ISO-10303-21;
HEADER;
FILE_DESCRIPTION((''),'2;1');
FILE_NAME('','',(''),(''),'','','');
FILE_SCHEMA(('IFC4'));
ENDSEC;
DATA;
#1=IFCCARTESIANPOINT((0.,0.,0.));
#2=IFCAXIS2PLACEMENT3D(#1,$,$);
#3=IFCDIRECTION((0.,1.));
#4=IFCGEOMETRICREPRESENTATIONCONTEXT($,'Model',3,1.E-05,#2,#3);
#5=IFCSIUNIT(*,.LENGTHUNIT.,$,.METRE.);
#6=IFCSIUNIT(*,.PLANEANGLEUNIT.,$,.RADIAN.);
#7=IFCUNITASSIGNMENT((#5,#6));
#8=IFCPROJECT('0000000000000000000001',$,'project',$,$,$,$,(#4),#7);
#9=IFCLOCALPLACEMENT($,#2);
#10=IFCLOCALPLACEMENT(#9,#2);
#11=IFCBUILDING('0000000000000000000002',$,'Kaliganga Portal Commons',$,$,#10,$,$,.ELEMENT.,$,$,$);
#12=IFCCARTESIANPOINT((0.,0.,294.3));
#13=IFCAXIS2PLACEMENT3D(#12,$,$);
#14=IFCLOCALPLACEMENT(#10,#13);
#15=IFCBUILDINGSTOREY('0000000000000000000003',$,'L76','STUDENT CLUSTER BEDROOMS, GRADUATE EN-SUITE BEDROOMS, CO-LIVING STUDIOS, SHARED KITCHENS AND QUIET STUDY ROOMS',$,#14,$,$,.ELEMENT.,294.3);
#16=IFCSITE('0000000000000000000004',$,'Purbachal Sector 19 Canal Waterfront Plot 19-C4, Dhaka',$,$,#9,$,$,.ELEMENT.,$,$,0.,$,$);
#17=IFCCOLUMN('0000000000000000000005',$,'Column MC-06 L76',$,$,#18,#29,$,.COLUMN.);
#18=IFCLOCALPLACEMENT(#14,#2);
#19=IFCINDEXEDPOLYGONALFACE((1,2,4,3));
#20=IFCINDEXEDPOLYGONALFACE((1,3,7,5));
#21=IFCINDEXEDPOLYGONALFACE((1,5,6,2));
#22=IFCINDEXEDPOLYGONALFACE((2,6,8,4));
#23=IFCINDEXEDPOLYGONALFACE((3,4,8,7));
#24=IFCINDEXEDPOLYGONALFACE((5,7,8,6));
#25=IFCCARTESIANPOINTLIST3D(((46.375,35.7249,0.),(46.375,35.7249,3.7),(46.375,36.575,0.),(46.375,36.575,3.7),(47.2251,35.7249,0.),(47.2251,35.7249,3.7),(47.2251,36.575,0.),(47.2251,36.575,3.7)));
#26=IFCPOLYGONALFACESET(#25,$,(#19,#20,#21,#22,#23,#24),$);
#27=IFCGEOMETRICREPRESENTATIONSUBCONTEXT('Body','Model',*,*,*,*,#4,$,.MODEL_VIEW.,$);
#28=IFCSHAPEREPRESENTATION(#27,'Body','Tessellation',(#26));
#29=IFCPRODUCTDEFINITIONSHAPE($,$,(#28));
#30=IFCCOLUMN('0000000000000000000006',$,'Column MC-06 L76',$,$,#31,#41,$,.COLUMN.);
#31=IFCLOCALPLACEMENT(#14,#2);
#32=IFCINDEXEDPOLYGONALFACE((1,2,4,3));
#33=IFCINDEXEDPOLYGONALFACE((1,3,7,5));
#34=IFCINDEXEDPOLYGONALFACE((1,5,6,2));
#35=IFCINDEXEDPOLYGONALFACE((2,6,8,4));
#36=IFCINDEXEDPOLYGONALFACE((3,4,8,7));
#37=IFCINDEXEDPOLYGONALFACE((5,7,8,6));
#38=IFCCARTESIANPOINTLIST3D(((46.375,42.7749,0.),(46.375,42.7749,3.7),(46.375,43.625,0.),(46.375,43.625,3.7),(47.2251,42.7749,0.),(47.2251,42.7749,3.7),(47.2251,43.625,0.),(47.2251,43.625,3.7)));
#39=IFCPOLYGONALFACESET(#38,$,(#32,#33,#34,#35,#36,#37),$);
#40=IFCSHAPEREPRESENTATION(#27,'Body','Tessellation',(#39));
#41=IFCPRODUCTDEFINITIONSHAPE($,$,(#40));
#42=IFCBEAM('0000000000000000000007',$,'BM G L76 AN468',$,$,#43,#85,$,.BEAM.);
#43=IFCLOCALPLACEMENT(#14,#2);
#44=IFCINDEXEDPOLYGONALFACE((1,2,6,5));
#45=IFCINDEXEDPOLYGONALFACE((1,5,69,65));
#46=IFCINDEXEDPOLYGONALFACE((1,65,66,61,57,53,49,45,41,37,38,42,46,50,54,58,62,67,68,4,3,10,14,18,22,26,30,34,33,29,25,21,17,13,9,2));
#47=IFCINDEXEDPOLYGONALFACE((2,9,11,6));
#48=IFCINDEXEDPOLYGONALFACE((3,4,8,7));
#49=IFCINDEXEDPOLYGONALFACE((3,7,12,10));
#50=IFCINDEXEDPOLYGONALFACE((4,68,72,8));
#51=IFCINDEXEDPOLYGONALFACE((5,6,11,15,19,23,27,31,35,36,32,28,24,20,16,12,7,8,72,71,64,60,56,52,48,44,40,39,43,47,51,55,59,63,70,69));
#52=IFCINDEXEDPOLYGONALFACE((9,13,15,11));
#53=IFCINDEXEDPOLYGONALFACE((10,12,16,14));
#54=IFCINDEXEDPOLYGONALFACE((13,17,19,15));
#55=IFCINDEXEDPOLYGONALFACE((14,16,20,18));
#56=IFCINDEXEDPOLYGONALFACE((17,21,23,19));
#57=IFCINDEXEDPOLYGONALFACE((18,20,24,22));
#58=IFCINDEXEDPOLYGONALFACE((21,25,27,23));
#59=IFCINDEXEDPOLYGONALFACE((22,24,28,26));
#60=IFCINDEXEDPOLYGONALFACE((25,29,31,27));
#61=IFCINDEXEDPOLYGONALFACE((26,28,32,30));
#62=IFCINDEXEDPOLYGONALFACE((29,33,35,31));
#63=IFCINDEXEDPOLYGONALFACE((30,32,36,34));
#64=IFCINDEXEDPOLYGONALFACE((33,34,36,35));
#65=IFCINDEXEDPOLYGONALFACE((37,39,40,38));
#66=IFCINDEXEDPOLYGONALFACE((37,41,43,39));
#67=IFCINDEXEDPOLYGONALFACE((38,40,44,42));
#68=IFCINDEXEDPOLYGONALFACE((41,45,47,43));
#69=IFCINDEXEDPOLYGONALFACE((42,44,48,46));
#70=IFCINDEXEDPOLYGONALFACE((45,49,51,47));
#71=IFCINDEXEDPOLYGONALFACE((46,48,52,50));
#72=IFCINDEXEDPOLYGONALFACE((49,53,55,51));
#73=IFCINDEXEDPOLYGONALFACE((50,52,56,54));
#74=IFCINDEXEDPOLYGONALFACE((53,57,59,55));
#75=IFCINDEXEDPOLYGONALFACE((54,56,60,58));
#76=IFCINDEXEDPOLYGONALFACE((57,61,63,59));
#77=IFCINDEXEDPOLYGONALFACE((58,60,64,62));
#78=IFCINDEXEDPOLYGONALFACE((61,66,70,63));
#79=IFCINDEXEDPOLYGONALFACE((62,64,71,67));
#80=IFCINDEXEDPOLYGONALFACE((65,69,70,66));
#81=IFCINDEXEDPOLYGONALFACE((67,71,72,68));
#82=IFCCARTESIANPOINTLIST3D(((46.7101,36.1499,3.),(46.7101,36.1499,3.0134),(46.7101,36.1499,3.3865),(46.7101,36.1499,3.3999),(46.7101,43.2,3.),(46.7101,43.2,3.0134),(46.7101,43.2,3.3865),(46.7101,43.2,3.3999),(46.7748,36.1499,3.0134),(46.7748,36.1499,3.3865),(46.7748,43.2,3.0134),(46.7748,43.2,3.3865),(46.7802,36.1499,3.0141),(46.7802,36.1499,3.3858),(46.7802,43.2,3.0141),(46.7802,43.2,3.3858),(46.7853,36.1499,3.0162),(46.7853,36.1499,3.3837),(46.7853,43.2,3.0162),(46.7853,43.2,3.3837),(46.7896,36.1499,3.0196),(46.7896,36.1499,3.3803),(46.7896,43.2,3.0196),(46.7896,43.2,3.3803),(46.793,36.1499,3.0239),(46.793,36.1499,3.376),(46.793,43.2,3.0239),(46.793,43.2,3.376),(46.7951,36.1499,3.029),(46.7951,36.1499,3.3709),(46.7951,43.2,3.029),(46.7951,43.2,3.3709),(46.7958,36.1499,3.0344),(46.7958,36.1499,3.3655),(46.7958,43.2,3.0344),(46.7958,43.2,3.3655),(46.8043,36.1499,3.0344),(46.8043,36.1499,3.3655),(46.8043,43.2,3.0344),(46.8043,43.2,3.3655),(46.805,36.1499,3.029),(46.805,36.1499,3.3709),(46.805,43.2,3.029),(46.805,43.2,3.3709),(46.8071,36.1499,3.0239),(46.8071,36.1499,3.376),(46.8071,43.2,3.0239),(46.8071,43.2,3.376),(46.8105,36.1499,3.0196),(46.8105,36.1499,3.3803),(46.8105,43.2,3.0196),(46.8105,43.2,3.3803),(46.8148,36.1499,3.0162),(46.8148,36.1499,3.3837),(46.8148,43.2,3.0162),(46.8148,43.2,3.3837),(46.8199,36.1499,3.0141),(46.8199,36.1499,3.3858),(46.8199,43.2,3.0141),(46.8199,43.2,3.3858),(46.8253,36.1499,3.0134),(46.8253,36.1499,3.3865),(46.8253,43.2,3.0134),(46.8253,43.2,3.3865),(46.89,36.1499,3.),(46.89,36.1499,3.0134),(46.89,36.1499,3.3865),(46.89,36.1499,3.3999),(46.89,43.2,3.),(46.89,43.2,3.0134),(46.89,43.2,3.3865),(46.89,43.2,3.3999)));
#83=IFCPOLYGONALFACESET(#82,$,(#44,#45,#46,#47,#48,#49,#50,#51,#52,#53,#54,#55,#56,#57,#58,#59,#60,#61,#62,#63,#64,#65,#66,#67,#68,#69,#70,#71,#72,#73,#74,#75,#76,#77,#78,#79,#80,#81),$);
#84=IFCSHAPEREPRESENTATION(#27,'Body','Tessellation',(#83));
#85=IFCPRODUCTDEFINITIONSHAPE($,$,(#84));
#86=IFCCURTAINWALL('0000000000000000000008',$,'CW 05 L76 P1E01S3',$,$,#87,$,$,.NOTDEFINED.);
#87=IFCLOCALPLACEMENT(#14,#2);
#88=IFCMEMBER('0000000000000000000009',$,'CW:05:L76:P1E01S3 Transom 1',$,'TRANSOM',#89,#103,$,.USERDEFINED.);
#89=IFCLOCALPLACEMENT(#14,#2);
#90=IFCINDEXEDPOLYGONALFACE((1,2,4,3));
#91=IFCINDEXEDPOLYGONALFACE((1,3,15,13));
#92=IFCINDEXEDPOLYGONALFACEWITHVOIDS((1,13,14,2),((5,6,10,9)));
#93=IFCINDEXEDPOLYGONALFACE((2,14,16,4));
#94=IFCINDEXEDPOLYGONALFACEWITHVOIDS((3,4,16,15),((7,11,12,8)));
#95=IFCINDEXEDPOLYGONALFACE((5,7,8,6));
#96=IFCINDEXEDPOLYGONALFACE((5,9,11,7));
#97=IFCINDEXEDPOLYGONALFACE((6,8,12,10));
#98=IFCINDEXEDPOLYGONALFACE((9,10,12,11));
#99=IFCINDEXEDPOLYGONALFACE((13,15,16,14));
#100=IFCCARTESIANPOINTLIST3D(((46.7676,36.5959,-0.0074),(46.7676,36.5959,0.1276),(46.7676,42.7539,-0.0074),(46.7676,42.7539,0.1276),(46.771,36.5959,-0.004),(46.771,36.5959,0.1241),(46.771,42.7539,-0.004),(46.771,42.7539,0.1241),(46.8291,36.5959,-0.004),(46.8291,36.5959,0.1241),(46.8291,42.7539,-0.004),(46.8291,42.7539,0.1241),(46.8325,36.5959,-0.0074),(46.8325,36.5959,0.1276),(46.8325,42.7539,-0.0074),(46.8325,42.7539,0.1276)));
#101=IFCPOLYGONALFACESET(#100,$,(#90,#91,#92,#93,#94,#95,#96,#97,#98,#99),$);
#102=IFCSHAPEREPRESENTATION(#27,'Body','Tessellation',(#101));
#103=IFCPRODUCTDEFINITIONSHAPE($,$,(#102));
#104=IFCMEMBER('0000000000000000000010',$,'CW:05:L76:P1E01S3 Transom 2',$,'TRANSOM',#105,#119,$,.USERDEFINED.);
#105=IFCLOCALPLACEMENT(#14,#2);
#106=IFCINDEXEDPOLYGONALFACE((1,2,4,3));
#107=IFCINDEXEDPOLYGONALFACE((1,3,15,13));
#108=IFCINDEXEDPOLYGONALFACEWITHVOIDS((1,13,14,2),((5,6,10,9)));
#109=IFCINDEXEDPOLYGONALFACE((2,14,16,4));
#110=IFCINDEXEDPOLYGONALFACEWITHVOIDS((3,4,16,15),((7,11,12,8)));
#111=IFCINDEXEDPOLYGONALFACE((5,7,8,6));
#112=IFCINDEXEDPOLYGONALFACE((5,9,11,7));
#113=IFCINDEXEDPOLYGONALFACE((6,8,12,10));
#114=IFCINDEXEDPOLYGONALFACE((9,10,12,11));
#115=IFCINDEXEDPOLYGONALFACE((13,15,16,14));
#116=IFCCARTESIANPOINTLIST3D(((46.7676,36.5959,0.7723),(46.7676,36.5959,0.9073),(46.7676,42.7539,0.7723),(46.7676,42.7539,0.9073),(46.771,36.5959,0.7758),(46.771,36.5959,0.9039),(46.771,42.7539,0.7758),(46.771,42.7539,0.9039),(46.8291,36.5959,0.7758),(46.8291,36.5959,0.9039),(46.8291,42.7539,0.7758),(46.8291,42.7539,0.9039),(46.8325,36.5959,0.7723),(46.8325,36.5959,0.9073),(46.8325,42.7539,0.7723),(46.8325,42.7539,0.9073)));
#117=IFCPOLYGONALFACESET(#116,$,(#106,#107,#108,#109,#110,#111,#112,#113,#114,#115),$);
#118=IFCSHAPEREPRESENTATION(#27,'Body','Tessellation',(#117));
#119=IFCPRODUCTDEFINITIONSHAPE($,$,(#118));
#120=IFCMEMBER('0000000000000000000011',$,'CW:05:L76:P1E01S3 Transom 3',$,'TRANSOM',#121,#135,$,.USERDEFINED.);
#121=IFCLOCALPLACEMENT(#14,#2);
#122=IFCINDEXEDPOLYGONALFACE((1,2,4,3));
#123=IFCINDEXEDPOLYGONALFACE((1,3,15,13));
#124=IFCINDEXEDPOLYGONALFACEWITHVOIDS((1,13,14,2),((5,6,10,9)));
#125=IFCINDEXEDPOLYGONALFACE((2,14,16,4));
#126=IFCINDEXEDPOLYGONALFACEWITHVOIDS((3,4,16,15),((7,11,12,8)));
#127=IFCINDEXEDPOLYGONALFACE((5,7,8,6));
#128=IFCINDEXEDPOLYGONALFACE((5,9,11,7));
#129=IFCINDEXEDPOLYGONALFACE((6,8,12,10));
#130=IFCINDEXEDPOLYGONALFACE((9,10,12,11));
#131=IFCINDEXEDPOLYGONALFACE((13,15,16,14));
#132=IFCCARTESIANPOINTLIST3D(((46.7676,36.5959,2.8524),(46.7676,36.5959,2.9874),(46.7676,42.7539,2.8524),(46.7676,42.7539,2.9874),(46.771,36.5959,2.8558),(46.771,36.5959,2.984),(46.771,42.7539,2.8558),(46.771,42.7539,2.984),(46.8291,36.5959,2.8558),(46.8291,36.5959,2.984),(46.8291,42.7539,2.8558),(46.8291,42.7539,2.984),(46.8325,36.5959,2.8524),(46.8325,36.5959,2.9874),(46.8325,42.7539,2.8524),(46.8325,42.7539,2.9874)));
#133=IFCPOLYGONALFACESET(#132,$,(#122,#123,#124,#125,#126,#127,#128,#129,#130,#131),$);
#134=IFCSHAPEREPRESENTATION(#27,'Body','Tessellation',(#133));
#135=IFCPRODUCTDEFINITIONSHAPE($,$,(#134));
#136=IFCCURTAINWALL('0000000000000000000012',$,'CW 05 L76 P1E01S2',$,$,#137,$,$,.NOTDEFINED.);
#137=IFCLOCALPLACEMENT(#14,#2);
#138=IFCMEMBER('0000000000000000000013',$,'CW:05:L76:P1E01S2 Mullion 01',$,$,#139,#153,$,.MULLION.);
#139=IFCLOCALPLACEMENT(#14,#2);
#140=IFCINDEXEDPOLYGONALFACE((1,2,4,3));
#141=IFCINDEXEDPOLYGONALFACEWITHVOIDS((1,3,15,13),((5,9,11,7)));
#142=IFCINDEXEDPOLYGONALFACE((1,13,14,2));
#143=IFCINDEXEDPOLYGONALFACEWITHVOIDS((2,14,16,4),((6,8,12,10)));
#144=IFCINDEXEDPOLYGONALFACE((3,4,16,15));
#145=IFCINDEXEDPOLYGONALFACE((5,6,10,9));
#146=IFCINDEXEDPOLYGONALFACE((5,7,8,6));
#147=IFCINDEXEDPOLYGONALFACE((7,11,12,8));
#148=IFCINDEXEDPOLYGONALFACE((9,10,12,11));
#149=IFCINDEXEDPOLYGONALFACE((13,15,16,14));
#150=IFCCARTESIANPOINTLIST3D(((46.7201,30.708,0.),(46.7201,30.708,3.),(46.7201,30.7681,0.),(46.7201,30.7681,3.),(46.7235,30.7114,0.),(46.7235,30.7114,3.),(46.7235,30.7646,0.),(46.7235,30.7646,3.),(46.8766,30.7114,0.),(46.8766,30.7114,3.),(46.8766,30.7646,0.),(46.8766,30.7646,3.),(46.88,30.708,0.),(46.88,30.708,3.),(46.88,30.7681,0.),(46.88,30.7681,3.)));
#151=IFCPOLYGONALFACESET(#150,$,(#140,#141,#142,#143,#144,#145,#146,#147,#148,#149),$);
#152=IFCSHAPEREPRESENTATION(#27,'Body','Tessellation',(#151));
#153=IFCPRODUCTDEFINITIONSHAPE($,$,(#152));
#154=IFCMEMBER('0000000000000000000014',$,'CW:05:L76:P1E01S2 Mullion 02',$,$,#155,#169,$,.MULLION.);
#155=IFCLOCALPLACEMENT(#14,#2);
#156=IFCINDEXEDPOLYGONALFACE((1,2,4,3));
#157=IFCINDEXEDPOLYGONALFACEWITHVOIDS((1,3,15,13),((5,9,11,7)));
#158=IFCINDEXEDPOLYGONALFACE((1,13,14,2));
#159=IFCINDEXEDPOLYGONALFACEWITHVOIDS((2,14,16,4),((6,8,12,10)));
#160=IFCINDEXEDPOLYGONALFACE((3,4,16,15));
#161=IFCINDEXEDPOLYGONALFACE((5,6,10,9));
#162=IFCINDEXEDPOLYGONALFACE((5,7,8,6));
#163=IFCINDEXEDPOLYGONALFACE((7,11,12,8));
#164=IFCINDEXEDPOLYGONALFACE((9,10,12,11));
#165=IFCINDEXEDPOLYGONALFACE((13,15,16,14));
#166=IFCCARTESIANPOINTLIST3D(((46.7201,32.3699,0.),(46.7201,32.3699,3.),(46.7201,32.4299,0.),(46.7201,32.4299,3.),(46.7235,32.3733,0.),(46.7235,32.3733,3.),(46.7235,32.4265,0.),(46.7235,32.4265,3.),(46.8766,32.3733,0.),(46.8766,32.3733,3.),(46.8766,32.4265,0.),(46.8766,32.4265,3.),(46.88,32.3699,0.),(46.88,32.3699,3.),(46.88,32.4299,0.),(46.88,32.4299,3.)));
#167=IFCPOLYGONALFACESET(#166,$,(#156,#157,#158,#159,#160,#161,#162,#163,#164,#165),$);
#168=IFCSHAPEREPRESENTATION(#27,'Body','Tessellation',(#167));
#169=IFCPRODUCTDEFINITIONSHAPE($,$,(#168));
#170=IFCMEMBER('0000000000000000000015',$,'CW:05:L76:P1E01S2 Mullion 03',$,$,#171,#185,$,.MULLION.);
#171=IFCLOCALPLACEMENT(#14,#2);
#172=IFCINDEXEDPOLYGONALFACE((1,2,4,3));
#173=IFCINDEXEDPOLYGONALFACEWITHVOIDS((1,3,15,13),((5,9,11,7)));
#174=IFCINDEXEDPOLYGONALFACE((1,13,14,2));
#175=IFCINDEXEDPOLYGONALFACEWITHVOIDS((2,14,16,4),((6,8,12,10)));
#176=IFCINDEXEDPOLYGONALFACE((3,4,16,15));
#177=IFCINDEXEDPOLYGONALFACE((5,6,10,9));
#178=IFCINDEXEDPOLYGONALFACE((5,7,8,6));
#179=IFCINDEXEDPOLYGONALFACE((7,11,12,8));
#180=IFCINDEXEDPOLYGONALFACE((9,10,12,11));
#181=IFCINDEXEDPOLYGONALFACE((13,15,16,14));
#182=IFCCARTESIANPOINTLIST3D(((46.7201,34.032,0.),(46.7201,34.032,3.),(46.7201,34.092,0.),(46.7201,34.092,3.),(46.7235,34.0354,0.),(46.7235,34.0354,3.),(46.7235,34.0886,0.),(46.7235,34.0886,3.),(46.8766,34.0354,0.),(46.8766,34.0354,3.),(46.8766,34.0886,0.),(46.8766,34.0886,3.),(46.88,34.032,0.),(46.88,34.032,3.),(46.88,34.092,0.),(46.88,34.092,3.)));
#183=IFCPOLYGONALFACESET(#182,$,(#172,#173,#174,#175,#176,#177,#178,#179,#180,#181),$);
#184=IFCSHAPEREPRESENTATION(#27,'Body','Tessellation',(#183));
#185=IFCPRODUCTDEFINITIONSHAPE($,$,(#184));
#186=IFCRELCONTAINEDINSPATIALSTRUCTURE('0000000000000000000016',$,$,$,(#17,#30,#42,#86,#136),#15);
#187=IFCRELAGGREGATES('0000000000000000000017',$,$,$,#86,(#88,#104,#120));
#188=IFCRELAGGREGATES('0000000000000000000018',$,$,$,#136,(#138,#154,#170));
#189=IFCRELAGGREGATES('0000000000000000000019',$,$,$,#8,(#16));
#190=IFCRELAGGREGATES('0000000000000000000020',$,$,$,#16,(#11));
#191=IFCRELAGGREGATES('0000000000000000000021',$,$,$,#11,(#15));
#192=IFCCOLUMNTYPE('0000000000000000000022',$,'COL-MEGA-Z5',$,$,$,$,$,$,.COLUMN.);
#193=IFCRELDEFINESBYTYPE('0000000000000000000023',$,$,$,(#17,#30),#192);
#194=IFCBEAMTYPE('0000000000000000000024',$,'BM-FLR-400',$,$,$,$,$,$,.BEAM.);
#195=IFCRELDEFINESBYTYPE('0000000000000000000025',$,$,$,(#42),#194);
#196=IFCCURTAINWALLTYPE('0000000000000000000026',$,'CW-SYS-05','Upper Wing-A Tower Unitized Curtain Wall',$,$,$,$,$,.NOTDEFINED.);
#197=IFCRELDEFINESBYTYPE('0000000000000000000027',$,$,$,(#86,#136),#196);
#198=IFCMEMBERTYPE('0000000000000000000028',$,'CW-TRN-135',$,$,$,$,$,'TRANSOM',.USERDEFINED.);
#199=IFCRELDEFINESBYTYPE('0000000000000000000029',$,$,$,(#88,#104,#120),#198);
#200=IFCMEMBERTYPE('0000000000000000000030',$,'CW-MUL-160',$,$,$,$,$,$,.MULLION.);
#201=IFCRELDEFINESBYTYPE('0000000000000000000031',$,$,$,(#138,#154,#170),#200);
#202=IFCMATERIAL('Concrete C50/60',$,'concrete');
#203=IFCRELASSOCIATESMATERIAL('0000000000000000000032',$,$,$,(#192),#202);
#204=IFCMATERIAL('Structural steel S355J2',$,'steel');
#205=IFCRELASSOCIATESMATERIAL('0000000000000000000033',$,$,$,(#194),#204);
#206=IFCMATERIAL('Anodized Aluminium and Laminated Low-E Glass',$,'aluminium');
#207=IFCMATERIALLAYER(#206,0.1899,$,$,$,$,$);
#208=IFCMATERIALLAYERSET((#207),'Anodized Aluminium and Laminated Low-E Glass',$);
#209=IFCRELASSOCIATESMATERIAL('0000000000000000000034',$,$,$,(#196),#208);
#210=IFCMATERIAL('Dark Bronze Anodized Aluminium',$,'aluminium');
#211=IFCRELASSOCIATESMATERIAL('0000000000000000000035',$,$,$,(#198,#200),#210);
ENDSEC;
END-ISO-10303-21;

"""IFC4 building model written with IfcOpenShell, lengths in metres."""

from ifc_helpers import new_model, si_unit, direction, frame, origin, origin_2d, place, context, subcontext, project, spatial, rectangle, hollow_rectangle, i_section, extrude, source, transform, mapped, material, layer, layer_set, material_profile, profile_set, type_object, element, aggregate, save


model = new_model("IFC4")

# Units and contexts
model_context = context("Model", 3, precision=1e-05, world=origin(), true_north=direction((0.0, 1.0)))
body_context = subcontext(model_context, "Body", "Model", "MODEL_VIEW")
ifc_project = project(units=[si_unit("LENGTHUNIT", "METRE"), si_unit("PLANEANGLEUNIT", "RADIAN")], contexts=[model_context])

# Site, building, storey
site_placement = place(None, origin())
site = spatial("IfcSite", under=ifc_project, at=site_placement, Name="Purbachal Sector 19 Canal Waterfront Plot 19-C4, Dhaka", CompositionType="ELEMENT", RefElevation=0.0)
building_placement = place(site_placement, origin())
building = spatial("IfcBuilding", under=site, at=building_placement, Name="Kaliganga Portal Commons", CompositionType="ELEMENT")
storey_placement = place(building_placement, frame((0.0, 0.0, 294.3)))
storey = spatial("IfcBuildingStorey", under=building, at=storey_placement, Name="L76", Description="STUDENT CLUSTER BEDROOMS, GRADUATE EN-SUITE BEDROOMS, CO-LIVING STUDIOS, SHARED KITCHENS AND QUIET STUDY ROOMS", CompositionType="ELEMENT", Elevation=294.3)

# Columns
ifc_material_1 = material(Name="Concrete C50/60", Category="concrete")
ifc_material_profile_1 = material_profile(ifc_material_1, rectangle(XDim=0.8501, YDim=0.8501, at=origin_2d()), Name="RC 850x850")
ifc_profile_set_1 = profile_set([ifc_material_profile_1], Name="Concrete C50/60")
column_type = type_object("IfcColumnType", Name="COL-MEGA-Z5", PredefinedType="COLUMN", material=ifc_profile_set_1)
shared_shape_1 = source(origin(), body_context, "Body", "SweptSolid", [
    extrude(rectangle(XDim=0.8501, YDim=0.8501, at=origin_2d()), origin(), (0.0, 0.0, 1.0), 3.7),
])
for number, where, z_axis, x_axis, name in (
    (1, (46.8, 36.1499, 0.0), (0.0, 0.0, 1.0), (1.0, 0.0, 0.0), "Column MC-06 L76"),
    (2, (46.8, 43.2, 0.0), (0.0, 0.0, 1.0), (1.0, 0.0, 0.0), "Column MC-06 L76"),
):
    element("IfcColumn", number, at=place(storey_placement, frame(where, z_axis=z_axis, x_axis=x_axis)), inside=storey, type_object=column_type, Name=name, PredefinedType="COLUMN", context=body_context, shape_type="MappedRepresentation", body=[
        mapped(shared_shape_1, transform((0.0, 0.0, 0.0), x_axis=(1.0, 0.0, 0.0), y_axis=(0.0, 1.0, 0.0), z_axis=(0.0, 0.0, 1.0), scale=1.0)),
    ])

# Beam
ifc_material_2 = material(Name="Structural steel S355J2", Category="steel")
ifc_material_profile_2 = material_profile(ifc_material_2, i_section(OverallWidth=0.1799, OverallDepth=0.3999, WebThickness=0.0085, FlangeThickness=0.0134, FilletRadius=0.021, at=origin_2d()), Name="IPE 400")
ifc_profile_set_2 = profile_set([ifc_material_profile_2], Name="Structural steel S355J2 wide-flange")
beam_type = type_object("IfcBeamType", Name="BM-FLR-400", PredefinedType="BEAM", material=ifc_profile_set_2)
shared_shape_2 = source(origin(), body_context, "Body", "SweptSolid", [
    extrude(i_section(OverallWidth=0.1799, OverallDepth=0.3999, WebThickness=0.0085, FlangeThickness=0.0134, FilletRadius=0.021, at=origin_2d()), origin(), (0.0, 0.0, 1.0), 7.05),
])
beam_placement = place(storey_placement, frame((46.8, 36.1499, 3.2), z_axis=(0.0, 1.0, 0.0), x_axis=(-1.0, 0.0, 0.0)))
element("IfcBeam", 3, at=beam_placement, inside=storey, type_object=beam_type, Name="BM G L76 AN468", PredefinedType="BEAM", context=body_context, shape_type="MappedRepresentation", body=[
    mapped(shared_shape_2, transform((0.0, 0.0, 0.0), x_axis=(1.0, 0.0, 0.0), y_axis=(0.0, 1.0, 0.0), z_axis=(0.0, 0.0, 1.0), scale=1.0)),
])

# Curtain walls, members
ifc_material_3 = material(Name="Anodized Aluminium and Laminated Low-E Glass", Category="aluminium")
ifc_layer_1 = layer(ifc_material_3, 0.1899)
ifc_layer_set_1 = layer_set([ifc_layer_1], Name="Anodized Aluminium and Laminated Low-E Glass")
curtain_wall_type = type_object("IfcCurtainWallType", Name="CW-SYS-05", Description="Upper Wing-A Tower Unitized Curtain Wall", PredefinedType="NOTDEFINED", material=ifc_layer_set_1)
curtain_wall_1_placement = place(storey_placement, origin())
curtain_wall_1 = element("IfcCurtainWall", 4, at=curtain_wall_1_placement, inside=storey, type_object=curtain_wall_type, Name="CW 05 L76 P1E01S3", PredefinedType="NOTDEFINED")
ifc_material_4 = material(Name="Dark Bronze Anodized Aluminium", Category="aluminium")
ifc_material_profile_3 = material_profile(ifc_material_4, hollow_rectangle(XDim=0.0649, YDim=0.135, WallThickness=0.0034, at=origin_2d()), Name="ALU TRAN 65x135x3.5")
ifc_profile_set_3 = profile_set([ifc_material_profile_3], Name="Dark Bronze Anodized Aluminium")
member_type_1 = type_object("IfcMemberType", Name="CW-TRN-135", ElementType="TRANSOM", PredefinedType="USERDEFINED", material=ifc_profile_set_3)
shared_shape_3 = source(origin(), body_context, "Body", "SweptSolid", [
    extrude(hollow_rectangle(XDim=0.0649, YDim=0.135, WallThickness=0.0034, at=origin_2d()), origin(), (0.0, 0.0, 1.0), 6.158),
])
member_1_placement = place(storey_placement, frame((46.8, 36.5959, 0.0601), z_axis=(0.0, 1.0, 0.0), x_axis=(-1.0, 0.0, 0.0)))
member_1 = element("IfcMember", 5, at=member_1_placement, type_object=member_type_1, Name="CW:05:L76:P1E01S3 Transom 1", ObjectType="TRANSOM", PredefinedType="USERDEFINED", context=body_context, shape_type="MappedRepresentation", body=[
    mapped(shared_shape_3, transform((0.0, 0.0, 0.0), x_axis=(1.0, 0.0, 0.0), y_axis=(0.0, 1.0, 0.0), z_axis=(0.0, 0.0, 1.0), scale=1.0)),
])
member_2_placement = place(storey_placement, frame((46.8, 36.5959, 0.8398), z_axis=(0.0, 1.0, 0.0), x_axis=(-1.0, 0.0, 0.0)))
member_2 = element("IfcMember", 6, at=member_2_placement, type_object=member_type_1, Name="CW:05:L76:P1E01S3 Transom 2", ObjectType="TRANSOM", PredefinedType="USERDEFINED", context=body_context, shape_type="MappedRepresentation", body=[
    mapped(shared_shape_3, transform((0.0, 0.0, 0.0), x_axis=(1.0, 0.0, 0.0), y_axis=(0.0, 1.0, 0.0), z_axis=(0.0, 0.0, 1.0), scale=1.0)),
])
member_3_placement = place(storey_placement, frame((46.8, 36.5959, 2.9199), z_axis=(0.0, 1.0, 0.0), x_axis=(-1.0, 0.0, 0.0)))
member_3 = element("IfcMember", 7, at=member_3_placement, type_object=member_type_1, Name="CW:05:L76:P1E01S3 Transom 3", ObjectType="TRANSOM", PredefinedType="USERDEFINED", context=body_context, shape_type="MappedRepresentation", body=[
    mapped(shared_shape_3, transform((0.0, 0.0, 0.0), x_axis=(1.0, 0.0, 0.0), y_axis=(0.0, 1.0, 0.0), z_axis=(0.0, 0.0, 1.0), scale=1.0)),
])
curtain_wall_2_placement = place(storey_placement, origin())
curtain_wall_2 = element("IfcCurtainWall", 8, at=curtain_wall_2_placement, inside=storey, type_object=curtain_wall_type, Name="CW 05 L76 P1E01S2", PredefinedType="NOTDEFINED")
ifc_material_profile_4 = material_profile(ifc_material_4, hollow_rectangle(XDim=0.0601, YDim=0.1599, WallThickness=0.0034, at=origin_2d()), Name="ALU MULL 60x160x3.5")
ifc_profile_set_4 = profile_set([ifc_material_profile_4], Name="Dark Bronze Anodized Aluminium")
member_type_2 = type_object("IfcMemberType", Name="CW-MUL-160", PredefinedType="MULLION", material=ifc_profile_set_4)
shared_shape_4 = source(origin(), body_context, "Body", "SweptSolid", [
    extrude(hollow_rectangle(XDim=0.0601, YDim=0.1599, WallThickness=0.0034, at=origin_2d()), origin(), (0.0, 0.0, 1.0), 3.0),
])
member_4_placement = place(storey_placement, frame((46.8, 30.738, 0.0), z_axis=(0.0, 0.0, 1.0), x_axis=(0.0, 1.0, 0.0)))
member_4 = element("IfcMember", 9, at=member_4_placement, type_object=member_type_2, Name="CW:05:L76:P1E01S2 Mullion 01", PredefinedType="MULLION", context=body_context, shape_type="MappedRepresentation", body=[
    mapped(shared_shape_4, transform((0.0, 0.0, 0.0), x_axis=(1.0, 0.0, 0.0), y_axis=(0.0, 1.0, 0.0), z_axis=(0.0, 0.0, 1.0), scale=1.0)),
])
member_5_placement = place(storey_placement, frame((46.8, 32.3999, 0.0), z_axis=(0.0, 0.0, 1.0), x_axis=(0.0, 1.0, 0.0)))
member_5 = element("IfcMember", 10, at=member_5_placement, type_object=member_type_2, Name="CW:05:L76:P1E01S2 Mullion 02", PredefinedType="MULLION", context=body_context, shape_type="MappedRepresentation", body=[
    mapped(shared_shape_4, transform((0.0, 0.0, 0.0), x_axis=(1.0, 0.0, 0.0), y_axis=(0.0, 1.0, 0.0), z_axis=(0.0, 0.0, 1.0), scale=1.0)),
])
member_6_placement = place(storey_placement, frame((46.8, 34.062, 0.0), z_axis=(0.0, 0.0, 1.0), x_axis=(0.0, 1.0, 0.0)))
member_6 = element("IfcMember", 11, at=member_6_placement, type_object=member_type_2, Name="CW:05:L76:P1E01S2 Mullion 03", PredefinedType="MULLION", context=body_context, shape_type="MappedRepresentation", body=[
    mapped(shared_shape_4, transform((0.0, 0.0, 0.0), x_axis=(1.0, 0.0, 0.0), y_axis=(0.0, 1.0, 0.0), z_axis=(0.0, 0.0, 1.0), scale=1.0)),
])

aggregate(curtain_wall_1, [member_1, member_2, member_3])
aggregate(curtain_wall_2, [member_4, member_5, member_6])

save(model, "model.ifc")
